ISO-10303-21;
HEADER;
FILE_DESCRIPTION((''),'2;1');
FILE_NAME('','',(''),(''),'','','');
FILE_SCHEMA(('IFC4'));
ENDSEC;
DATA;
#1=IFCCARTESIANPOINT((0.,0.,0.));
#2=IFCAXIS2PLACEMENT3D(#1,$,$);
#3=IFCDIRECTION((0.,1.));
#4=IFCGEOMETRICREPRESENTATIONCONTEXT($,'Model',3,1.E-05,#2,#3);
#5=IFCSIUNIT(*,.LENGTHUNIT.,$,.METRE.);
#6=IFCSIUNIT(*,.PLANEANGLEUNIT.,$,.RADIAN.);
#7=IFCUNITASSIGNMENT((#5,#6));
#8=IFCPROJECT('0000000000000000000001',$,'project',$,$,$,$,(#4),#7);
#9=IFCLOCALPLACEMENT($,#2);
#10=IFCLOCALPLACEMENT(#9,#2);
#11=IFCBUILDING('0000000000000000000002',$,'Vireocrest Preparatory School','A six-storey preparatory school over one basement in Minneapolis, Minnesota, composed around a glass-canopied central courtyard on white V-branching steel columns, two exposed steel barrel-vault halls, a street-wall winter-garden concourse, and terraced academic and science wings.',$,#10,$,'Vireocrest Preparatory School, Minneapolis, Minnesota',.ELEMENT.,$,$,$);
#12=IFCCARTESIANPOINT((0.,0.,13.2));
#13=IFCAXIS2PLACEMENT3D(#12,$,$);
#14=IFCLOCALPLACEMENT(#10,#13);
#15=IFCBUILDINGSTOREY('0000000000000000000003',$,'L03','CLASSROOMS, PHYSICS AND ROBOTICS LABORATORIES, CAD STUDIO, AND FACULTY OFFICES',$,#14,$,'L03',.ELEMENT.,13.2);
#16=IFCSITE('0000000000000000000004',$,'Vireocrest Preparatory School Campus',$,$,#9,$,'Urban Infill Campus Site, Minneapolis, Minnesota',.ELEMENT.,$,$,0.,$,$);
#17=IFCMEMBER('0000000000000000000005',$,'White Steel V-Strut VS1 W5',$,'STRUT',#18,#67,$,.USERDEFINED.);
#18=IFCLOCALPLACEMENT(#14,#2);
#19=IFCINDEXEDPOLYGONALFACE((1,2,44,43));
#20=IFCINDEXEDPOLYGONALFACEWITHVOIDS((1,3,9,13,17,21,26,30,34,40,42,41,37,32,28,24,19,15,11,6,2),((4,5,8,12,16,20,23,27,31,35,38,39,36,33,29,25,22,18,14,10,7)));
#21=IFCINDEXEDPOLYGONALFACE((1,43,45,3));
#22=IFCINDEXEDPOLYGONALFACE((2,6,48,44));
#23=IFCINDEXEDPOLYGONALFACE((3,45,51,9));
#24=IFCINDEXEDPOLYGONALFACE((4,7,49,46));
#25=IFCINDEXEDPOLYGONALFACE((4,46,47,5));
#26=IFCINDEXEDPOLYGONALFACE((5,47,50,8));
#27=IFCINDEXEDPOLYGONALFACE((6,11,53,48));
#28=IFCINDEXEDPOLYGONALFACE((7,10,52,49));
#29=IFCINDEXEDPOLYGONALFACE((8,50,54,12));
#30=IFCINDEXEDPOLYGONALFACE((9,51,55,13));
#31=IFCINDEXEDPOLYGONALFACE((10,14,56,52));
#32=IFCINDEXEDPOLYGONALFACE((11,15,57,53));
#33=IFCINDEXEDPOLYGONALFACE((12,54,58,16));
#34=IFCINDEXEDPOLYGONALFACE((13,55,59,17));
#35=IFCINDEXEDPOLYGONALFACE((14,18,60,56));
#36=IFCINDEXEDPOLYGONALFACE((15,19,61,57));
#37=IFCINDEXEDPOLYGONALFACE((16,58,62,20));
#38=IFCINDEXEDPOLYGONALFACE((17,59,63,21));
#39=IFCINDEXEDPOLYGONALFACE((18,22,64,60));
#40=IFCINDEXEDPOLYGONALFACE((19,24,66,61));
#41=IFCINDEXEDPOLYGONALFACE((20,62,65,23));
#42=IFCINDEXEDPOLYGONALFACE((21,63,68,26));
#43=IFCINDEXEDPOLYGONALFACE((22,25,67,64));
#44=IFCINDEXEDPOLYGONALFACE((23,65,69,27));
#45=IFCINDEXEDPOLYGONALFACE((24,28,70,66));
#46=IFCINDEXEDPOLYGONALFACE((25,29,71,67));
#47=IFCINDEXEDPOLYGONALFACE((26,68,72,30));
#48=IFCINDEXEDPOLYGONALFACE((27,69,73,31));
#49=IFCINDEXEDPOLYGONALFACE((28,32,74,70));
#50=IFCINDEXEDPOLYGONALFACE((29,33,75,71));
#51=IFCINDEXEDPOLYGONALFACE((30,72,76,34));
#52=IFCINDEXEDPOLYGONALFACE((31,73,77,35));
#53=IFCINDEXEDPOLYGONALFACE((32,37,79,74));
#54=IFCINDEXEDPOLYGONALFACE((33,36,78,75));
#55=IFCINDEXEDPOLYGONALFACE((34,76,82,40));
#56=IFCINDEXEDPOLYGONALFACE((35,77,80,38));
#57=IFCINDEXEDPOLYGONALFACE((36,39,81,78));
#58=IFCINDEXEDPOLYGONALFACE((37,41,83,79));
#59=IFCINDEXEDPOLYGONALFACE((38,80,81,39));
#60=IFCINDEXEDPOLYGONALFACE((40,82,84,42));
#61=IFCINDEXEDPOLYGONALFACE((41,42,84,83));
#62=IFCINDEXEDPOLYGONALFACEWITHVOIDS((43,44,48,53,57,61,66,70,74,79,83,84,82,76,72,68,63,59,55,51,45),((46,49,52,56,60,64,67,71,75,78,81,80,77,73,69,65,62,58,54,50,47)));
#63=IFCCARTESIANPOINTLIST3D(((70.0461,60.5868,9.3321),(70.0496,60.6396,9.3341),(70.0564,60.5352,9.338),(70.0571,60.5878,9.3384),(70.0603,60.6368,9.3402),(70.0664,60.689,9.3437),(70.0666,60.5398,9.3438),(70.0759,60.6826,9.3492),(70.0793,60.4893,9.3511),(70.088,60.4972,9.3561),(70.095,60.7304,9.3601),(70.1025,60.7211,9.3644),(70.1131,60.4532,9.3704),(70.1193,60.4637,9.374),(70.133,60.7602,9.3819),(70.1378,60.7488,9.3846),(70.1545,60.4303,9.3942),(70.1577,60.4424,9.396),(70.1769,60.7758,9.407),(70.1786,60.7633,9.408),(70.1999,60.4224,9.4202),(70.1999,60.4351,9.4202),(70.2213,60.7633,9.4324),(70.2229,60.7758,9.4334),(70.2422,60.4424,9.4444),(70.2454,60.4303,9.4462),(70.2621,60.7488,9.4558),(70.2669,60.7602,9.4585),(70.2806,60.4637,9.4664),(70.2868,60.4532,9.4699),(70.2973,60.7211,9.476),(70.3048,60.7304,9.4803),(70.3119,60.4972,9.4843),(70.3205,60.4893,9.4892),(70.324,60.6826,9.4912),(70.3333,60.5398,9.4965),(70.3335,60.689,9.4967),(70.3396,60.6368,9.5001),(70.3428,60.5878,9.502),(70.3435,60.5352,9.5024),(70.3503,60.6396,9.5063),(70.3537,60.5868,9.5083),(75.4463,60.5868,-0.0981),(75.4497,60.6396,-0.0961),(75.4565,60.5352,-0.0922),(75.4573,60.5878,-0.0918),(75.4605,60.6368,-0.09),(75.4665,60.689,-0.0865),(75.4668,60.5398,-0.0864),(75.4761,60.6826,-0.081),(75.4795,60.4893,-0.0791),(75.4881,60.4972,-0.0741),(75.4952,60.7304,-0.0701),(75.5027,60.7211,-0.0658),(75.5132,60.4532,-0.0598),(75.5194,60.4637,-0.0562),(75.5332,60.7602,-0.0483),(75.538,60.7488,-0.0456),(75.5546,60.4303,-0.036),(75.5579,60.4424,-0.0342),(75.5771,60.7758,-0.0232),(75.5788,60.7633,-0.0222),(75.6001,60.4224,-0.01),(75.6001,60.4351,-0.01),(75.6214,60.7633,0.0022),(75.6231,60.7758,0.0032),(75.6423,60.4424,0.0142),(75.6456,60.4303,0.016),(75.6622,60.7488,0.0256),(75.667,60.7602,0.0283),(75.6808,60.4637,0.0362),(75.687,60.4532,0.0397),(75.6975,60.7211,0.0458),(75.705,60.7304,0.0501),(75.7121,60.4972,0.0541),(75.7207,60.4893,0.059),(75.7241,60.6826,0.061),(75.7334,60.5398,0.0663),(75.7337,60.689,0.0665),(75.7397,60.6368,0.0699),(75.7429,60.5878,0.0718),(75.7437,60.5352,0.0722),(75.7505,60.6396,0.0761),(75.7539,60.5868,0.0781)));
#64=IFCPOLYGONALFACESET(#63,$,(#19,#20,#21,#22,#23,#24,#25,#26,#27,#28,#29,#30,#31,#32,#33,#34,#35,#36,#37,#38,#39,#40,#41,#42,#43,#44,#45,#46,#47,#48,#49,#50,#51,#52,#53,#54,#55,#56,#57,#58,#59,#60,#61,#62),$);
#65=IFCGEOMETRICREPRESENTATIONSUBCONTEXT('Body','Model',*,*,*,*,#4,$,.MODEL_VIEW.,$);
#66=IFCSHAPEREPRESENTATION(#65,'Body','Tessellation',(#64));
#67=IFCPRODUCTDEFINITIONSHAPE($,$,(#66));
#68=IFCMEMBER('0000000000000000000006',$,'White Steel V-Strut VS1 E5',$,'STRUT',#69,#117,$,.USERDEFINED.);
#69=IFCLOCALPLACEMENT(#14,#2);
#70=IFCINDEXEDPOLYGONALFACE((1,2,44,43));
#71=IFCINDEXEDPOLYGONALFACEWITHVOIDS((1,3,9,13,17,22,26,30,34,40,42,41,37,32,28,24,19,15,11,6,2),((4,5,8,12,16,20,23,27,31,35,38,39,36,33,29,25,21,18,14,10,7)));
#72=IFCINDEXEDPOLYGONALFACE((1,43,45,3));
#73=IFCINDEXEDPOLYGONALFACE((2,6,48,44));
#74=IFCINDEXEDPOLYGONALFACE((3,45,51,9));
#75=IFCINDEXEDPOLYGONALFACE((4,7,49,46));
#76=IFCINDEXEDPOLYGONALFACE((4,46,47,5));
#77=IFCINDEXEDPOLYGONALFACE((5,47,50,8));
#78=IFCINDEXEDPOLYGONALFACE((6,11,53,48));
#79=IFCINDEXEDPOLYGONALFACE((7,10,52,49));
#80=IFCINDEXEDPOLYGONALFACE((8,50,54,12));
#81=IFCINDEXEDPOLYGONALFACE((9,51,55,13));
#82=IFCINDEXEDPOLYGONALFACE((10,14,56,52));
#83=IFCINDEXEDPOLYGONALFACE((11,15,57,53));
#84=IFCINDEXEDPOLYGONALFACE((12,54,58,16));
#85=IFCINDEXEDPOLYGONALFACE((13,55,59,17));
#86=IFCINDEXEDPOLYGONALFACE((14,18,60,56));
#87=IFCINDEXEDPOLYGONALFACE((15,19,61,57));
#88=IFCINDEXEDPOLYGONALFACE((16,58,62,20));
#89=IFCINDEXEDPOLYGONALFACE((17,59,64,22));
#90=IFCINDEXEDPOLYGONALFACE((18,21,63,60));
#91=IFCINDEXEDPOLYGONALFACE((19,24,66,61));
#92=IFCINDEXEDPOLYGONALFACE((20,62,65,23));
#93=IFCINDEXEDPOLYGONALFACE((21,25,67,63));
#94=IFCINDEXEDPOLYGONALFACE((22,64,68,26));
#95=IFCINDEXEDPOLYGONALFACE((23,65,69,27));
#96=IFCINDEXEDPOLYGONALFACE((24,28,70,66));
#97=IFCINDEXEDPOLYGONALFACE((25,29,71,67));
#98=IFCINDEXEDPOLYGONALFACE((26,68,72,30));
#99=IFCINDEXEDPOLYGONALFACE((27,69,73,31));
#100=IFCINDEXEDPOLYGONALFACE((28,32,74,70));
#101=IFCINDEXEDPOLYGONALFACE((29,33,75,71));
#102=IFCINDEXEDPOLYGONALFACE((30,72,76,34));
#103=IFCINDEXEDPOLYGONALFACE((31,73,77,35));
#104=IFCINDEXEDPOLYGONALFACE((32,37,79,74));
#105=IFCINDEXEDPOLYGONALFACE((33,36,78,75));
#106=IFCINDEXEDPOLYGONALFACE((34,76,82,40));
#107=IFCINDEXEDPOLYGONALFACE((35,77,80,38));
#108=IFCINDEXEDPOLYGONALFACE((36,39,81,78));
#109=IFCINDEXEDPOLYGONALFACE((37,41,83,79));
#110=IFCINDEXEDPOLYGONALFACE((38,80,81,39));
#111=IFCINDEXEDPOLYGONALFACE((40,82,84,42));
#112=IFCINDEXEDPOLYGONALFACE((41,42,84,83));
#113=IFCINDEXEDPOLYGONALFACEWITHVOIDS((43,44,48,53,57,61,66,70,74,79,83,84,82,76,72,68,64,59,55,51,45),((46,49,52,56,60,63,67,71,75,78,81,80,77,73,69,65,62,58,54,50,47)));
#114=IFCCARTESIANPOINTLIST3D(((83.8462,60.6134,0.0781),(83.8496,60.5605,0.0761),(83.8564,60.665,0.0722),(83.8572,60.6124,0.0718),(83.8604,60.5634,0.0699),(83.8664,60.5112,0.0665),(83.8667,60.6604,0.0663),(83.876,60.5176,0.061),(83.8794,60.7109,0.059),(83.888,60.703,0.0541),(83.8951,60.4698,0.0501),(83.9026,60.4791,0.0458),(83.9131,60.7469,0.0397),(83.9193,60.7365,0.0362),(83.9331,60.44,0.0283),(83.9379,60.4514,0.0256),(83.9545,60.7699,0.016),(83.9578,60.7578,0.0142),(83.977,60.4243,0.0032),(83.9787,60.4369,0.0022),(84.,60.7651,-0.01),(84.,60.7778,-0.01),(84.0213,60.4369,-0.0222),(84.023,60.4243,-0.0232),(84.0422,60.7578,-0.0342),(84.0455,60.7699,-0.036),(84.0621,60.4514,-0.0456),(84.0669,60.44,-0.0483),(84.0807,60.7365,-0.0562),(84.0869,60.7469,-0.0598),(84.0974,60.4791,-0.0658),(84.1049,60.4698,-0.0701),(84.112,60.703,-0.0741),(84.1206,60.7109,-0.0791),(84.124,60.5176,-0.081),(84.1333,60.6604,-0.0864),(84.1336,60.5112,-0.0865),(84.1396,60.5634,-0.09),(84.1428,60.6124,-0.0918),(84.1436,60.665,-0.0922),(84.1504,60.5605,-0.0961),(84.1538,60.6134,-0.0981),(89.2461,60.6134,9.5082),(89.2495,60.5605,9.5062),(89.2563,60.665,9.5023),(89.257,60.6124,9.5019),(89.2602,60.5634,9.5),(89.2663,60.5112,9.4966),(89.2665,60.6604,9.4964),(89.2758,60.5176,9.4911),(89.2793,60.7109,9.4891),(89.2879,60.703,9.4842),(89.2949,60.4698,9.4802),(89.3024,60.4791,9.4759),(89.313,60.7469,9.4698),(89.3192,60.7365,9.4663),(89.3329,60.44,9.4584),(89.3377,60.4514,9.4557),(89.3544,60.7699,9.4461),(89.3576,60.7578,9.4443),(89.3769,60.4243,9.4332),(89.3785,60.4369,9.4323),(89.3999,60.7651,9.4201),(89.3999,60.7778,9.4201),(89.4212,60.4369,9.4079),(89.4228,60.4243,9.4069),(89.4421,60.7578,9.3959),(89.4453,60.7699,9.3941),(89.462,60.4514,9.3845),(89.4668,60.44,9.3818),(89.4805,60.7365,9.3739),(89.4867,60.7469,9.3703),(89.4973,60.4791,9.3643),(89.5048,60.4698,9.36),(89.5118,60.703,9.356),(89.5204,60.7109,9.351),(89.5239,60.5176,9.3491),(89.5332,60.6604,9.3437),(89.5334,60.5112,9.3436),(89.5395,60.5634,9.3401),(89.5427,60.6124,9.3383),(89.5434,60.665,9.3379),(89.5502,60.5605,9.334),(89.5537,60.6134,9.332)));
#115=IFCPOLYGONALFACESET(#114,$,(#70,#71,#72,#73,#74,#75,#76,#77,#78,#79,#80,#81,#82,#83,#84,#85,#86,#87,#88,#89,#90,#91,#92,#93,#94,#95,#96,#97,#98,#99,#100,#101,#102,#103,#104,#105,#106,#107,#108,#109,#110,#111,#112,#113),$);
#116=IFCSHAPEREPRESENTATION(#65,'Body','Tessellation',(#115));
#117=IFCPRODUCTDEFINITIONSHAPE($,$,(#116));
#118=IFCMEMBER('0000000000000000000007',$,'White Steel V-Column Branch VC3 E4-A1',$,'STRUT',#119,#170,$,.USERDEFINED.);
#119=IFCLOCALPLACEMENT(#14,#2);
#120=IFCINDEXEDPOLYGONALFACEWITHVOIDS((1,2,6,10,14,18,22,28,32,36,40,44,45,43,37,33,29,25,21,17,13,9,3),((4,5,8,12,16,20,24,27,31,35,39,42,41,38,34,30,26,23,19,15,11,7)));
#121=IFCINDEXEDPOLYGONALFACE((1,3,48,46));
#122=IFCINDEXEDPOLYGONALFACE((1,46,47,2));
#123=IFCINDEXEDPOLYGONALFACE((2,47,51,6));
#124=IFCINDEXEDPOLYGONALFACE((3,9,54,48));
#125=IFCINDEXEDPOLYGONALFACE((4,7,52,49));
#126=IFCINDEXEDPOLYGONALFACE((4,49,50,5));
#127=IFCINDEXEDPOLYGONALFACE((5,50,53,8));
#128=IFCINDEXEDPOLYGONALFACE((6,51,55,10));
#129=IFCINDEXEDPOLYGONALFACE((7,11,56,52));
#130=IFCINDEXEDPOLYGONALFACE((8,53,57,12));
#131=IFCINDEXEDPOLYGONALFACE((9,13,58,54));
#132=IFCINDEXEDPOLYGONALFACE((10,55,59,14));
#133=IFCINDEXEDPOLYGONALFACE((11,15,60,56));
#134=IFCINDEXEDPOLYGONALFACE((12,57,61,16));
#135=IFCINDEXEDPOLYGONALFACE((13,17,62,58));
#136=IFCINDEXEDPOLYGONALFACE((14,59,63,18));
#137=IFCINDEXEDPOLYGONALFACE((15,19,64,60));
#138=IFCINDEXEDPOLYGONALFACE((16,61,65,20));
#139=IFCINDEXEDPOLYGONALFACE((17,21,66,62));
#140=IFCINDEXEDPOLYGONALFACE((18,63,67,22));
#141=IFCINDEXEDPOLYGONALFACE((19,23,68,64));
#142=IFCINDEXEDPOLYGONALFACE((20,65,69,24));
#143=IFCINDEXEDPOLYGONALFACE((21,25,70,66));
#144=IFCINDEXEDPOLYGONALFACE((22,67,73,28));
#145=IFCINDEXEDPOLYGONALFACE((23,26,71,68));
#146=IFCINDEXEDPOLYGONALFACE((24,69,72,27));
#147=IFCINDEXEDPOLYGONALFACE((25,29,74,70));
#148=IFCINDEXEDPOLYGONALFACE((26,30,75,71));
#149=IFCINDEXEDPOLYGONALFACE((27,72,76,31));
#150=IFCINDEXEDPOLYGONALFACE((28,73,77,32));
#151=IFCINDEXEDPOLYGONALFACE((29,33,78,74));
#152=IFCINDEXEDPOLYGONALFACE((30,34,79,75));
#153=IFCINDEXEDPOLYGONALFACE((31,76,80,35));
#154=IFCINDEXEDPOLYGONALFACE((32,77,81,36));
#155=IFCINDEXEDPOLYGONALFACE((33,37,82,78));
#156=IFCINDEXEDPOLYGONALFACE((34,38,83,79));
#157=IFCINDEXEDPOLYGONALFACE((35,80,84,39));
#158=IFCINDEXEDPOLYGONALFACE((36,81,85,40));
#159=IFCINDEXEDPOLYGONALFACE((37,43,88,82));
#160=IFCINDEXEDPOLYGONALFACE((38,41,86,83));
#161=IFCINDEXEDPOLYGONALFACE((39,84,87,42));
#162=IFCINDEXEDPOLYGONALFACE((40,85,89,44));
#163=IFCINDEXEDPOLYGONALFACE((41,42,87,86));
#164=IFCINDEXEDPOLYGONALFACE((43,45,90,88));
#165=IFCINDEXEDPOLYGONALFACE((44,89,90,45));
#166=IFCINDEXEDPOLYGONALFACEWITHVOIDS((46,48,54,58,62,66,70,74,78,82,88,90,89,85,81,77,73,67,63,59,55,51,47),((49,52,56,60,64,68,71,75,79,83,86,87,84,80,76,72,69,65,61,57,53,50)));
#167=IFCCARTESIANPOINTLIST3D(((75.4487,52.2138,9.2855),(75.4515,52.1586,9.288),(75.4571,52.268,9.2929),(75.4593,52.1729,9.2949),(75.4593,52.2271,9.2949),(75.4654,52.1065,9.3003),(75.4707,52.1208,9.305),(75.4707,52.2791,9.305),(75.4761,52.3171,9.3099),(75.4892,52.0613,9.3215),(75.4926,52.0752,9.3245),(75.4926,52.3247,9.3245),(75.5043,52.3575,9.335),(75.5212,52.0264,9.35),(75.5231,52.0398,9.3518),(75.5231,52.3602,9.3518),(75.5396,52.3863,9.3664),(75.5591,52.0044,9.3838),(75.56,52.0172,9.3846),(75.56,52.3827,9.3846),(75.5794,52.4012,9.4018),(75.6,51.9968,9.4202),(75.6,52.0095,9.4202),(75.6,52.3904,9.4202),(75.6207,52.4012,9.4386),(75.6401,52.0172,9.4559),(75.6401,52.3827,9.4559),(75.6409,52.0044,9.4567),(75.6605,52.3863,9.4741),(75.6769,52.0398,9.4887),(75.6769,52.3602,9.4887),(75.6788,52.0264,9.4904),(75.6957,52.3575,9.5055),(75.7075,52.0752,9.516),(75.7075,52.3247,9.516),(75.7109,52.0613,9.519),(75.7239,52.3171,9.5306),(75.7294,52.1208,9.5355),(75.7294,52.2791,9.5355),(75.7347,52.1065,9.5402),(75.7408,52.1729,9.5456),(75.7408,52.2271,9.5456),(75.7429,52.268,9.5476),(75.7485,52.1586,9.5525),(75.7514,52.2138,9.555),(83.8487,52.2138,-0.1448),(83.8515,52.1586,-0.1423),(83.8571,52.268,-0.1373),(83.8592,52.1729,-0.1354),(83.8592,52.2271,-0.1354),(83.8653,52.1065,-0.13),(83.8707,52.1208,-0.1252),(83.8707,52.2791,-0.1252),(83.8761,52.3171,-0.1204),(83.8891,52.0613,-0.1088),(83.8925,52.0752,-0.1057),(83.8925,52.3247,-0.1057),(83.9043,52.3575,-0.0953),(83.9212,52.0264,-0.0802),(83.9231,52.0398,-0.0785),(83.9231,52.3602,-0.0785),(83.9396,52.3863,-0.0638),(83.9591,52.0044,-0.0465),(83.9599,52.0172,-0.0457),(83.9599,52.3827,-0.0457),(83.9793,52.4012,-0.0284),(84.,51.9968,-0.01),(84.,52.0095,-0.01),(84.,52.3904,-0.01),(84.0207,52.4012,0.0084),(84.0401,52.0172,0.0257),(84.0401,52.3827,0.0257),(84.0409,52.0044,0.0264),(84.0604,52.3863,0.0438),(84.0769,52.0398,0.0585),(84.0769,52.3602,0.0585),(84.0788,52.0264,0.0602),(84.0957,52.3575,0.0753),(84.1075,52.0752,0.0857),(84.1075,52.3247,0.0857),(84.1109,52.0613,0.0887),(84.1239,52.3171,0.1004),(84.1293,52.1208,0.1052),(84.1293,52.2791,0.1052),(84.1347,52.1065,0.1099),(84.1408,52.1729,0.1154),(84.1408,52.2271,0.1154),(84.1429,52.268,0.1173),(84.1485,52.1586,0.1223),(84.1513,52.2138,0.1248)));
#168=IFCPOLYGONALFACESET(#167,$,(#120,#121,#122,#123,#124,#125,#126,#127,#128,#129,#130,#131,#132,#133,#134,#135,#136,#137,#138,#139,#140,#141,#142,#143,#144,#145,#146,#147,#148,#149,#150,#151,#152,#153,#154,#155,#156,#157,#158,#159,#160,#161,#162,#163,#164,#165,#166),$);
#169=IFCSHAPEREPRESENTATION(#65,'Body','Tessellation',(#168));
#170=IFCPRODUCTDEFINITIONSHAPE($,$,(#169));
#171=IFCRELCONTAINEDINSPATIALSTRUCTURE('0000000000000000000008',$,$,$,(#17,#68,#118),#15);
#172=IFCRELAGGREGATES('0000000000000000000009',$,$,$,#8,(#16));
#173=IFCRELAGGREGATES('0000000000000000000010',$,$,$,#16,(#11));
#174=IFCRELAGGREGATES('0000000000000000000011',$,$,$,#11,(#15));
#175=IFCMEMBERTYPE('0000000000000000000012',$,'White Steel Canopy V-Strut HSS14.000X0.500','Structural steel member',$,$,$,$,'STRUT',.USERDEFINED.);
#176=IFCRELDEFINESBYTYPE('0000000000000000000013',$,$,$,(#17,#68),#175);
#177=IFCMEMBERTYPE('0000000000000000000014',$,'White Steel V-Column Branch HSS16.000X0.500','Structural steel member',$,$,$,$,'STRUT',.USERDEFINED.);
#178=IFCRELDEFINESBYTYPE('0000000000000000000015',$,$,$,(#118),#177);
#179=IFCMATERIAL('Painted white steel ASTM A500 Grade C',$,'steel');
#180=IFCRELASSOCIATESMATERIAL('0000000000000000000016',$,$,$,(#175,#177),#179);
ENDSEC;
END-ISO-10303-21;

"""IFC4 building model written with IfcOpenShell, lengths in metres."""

from ifc_helpers import new_model, si_unit, direction, frame, origin, origin_2d, place, context, subcontext, project, spatial, hollow_circle, extrude, material, material_profile, profile_set, type_object, element, save


model = new_model("IFC4")

# Units and contexts
model_context = context("Model", 3, precision=1e-05, world=origin(), true_north=direction((0.0, 1.0)))
body_context = subcontext(model_context, "Body", "Model", "MODEL_VIEW")
ifc_project = project(units=[si_unit("LENGTHUNIT", "METRE"), si_unit("PLANEANGLEUNIT", "RADIAN")], contexts=[model_context])

# Site, building, storey
site_placement = place(None, origin())
site = spatial("IfcSite", under=ifc_project, at=site_placement, Name="Vireocrest Preparatory School Campus", LongName="Urban Infill Campus Site, Minneapolis, Minnesota", CompositionType="ELEMENT", RefElevation=0.0)
building_placement = place(site_placement, origin())
building = spatial("IfcBuilding", under=site, at=building_placement, Name="Vireocrest Preparatory School", Description="A six-storey preparatory school over one basement in Minneapolis, Minnesota, composed around a glass-canopied central courtyard on white V-branching steel columns, two exposed steel barrel-vault halls, a street-wall winter-garden concourse, and terraced academic and science wings.", LongName="Vireocrest Preparatory School, Minneapolis, Minnesota", CompositionType="ELEMENT")
storey_placement = place(building_placement, frame((0.0, 0.0, 13.2)))
storey = spatial("IfcBuildingStorey", under=building, at=storey_placement, Name="L03", Description="CLASSROOMS, PHYSICS AND ROBOTICS LABORATORIES, CAD STUDIO, AND FACULTY OFFICES", LongName="L03", CompositionType="ELEMENT", Elevation=13.2)

# Members
ifc_material_1 = material(Name="Painted white steel ASTM A500 Grade C", Category="steel")
ifc_material_profile_1 = material_profile(ifc_material_1, hollow_circle(Radius=0.1777, WallThickness=0.0127, at=origin_2d()), Name="HSS14.000X0.500")
ifc_profile_set_1 = profile_set([ifc_material_profile_1], Name="Painted white steel ASTM A500 Grade C")
member_type_1 = type_object("IfcMemberType", Name="White Steel Canopy V-Strut HSS14.000X0.500", Description="Structural steel member", ElementType="STRUT", PredefinedType="USERDEFINED", material=ifc_profile_set_1)
member_1_placement = place(storey_placement, frame((75.6001, 60.6001, -0.01), z_axis=(-0.496935, 0.0, 0.867788), x_axis=(0.0, -1.0, 0.0)))
element("IfcMember", 1, at=member_1_placement, inside=storey, type_object=member_type_1, Name="White Steel V-Strut VS1 W5", ObjectType="STRUT", PredefinedType="USERDEFINED", context=body_context, shape_type="SweptSolid", body=[
    extrude(hollow_circle(Radius=0.1777, WallThickness=0.0127, at=origin_2d()), origin(), (0.0, 0.0, 1.0), 10.8669),
])
member_2_placement = place(storey_placement, frame((84.0, 60.6001, -0.01), z_axis=(0.496918, 0.0, 0.867798), x_axis=(0.0, 1.0, 0.0)))
element("IfcMember", 2, at=member_2_placement, inside=storey, type_object=member_type_1, Name="White Steel V-Strut VS1 E5", ObjectType="STRUT", PredefinedType="USERDEFINED", context=body_context, shape_type="SweptSolid", body=[
    extrude(hollow_circle(Radius=0.1777, WallThickness=0.0127, at=origin_2d()), origin(), (0.0, 0.0, 1.0), 10.8667),
])
ifc_material_profile_2 = material_profile(ifc_material_1, hollow_circle(Radius=0.2031, WallThickness=0.0127, at=origin_2d()), Name="HSS16.000X0.500")
ifc_profile_set_2 = profile_set([ifc_material_profile_2], Name="Painted white steel ASTM A500 Grade C")
member_type_2 = type_object("IfcMemberType", Name="White Steel V-Column Branch HSS16.000X0.500", Description="Structural steel member", ElementType="STRUT", PredefinedType="USERDEFINED", material=ifc_profile_set_2)
for number, where, z_axis, x_axis, name in (
    (3, (84.0, 52.2, -0.01), (-0.665139, 0.0, 0.74672), (0.0, -1.0, 0.0), "White Steel V-Column Branch VC3 E4-A1"),
):
    element("IfcMember", number, at=place(storey_placement, frame(where, z_axis=z_axis, x_axis=x_axis)), inside=storey, type_object=member_type_2, Name=name, ObjectType="STRUT", PredefinedType="USERDEFINED", context=body_context, shape_type="SweptSolid", body=[
        extrude(hollow_circle(Radius=0.2031, WallThickness=0.0127, at=origin_2d()), origin(), (0.0, 0.0, 1.0), 12.6289),
    ])

save(model, "model.ifc")
